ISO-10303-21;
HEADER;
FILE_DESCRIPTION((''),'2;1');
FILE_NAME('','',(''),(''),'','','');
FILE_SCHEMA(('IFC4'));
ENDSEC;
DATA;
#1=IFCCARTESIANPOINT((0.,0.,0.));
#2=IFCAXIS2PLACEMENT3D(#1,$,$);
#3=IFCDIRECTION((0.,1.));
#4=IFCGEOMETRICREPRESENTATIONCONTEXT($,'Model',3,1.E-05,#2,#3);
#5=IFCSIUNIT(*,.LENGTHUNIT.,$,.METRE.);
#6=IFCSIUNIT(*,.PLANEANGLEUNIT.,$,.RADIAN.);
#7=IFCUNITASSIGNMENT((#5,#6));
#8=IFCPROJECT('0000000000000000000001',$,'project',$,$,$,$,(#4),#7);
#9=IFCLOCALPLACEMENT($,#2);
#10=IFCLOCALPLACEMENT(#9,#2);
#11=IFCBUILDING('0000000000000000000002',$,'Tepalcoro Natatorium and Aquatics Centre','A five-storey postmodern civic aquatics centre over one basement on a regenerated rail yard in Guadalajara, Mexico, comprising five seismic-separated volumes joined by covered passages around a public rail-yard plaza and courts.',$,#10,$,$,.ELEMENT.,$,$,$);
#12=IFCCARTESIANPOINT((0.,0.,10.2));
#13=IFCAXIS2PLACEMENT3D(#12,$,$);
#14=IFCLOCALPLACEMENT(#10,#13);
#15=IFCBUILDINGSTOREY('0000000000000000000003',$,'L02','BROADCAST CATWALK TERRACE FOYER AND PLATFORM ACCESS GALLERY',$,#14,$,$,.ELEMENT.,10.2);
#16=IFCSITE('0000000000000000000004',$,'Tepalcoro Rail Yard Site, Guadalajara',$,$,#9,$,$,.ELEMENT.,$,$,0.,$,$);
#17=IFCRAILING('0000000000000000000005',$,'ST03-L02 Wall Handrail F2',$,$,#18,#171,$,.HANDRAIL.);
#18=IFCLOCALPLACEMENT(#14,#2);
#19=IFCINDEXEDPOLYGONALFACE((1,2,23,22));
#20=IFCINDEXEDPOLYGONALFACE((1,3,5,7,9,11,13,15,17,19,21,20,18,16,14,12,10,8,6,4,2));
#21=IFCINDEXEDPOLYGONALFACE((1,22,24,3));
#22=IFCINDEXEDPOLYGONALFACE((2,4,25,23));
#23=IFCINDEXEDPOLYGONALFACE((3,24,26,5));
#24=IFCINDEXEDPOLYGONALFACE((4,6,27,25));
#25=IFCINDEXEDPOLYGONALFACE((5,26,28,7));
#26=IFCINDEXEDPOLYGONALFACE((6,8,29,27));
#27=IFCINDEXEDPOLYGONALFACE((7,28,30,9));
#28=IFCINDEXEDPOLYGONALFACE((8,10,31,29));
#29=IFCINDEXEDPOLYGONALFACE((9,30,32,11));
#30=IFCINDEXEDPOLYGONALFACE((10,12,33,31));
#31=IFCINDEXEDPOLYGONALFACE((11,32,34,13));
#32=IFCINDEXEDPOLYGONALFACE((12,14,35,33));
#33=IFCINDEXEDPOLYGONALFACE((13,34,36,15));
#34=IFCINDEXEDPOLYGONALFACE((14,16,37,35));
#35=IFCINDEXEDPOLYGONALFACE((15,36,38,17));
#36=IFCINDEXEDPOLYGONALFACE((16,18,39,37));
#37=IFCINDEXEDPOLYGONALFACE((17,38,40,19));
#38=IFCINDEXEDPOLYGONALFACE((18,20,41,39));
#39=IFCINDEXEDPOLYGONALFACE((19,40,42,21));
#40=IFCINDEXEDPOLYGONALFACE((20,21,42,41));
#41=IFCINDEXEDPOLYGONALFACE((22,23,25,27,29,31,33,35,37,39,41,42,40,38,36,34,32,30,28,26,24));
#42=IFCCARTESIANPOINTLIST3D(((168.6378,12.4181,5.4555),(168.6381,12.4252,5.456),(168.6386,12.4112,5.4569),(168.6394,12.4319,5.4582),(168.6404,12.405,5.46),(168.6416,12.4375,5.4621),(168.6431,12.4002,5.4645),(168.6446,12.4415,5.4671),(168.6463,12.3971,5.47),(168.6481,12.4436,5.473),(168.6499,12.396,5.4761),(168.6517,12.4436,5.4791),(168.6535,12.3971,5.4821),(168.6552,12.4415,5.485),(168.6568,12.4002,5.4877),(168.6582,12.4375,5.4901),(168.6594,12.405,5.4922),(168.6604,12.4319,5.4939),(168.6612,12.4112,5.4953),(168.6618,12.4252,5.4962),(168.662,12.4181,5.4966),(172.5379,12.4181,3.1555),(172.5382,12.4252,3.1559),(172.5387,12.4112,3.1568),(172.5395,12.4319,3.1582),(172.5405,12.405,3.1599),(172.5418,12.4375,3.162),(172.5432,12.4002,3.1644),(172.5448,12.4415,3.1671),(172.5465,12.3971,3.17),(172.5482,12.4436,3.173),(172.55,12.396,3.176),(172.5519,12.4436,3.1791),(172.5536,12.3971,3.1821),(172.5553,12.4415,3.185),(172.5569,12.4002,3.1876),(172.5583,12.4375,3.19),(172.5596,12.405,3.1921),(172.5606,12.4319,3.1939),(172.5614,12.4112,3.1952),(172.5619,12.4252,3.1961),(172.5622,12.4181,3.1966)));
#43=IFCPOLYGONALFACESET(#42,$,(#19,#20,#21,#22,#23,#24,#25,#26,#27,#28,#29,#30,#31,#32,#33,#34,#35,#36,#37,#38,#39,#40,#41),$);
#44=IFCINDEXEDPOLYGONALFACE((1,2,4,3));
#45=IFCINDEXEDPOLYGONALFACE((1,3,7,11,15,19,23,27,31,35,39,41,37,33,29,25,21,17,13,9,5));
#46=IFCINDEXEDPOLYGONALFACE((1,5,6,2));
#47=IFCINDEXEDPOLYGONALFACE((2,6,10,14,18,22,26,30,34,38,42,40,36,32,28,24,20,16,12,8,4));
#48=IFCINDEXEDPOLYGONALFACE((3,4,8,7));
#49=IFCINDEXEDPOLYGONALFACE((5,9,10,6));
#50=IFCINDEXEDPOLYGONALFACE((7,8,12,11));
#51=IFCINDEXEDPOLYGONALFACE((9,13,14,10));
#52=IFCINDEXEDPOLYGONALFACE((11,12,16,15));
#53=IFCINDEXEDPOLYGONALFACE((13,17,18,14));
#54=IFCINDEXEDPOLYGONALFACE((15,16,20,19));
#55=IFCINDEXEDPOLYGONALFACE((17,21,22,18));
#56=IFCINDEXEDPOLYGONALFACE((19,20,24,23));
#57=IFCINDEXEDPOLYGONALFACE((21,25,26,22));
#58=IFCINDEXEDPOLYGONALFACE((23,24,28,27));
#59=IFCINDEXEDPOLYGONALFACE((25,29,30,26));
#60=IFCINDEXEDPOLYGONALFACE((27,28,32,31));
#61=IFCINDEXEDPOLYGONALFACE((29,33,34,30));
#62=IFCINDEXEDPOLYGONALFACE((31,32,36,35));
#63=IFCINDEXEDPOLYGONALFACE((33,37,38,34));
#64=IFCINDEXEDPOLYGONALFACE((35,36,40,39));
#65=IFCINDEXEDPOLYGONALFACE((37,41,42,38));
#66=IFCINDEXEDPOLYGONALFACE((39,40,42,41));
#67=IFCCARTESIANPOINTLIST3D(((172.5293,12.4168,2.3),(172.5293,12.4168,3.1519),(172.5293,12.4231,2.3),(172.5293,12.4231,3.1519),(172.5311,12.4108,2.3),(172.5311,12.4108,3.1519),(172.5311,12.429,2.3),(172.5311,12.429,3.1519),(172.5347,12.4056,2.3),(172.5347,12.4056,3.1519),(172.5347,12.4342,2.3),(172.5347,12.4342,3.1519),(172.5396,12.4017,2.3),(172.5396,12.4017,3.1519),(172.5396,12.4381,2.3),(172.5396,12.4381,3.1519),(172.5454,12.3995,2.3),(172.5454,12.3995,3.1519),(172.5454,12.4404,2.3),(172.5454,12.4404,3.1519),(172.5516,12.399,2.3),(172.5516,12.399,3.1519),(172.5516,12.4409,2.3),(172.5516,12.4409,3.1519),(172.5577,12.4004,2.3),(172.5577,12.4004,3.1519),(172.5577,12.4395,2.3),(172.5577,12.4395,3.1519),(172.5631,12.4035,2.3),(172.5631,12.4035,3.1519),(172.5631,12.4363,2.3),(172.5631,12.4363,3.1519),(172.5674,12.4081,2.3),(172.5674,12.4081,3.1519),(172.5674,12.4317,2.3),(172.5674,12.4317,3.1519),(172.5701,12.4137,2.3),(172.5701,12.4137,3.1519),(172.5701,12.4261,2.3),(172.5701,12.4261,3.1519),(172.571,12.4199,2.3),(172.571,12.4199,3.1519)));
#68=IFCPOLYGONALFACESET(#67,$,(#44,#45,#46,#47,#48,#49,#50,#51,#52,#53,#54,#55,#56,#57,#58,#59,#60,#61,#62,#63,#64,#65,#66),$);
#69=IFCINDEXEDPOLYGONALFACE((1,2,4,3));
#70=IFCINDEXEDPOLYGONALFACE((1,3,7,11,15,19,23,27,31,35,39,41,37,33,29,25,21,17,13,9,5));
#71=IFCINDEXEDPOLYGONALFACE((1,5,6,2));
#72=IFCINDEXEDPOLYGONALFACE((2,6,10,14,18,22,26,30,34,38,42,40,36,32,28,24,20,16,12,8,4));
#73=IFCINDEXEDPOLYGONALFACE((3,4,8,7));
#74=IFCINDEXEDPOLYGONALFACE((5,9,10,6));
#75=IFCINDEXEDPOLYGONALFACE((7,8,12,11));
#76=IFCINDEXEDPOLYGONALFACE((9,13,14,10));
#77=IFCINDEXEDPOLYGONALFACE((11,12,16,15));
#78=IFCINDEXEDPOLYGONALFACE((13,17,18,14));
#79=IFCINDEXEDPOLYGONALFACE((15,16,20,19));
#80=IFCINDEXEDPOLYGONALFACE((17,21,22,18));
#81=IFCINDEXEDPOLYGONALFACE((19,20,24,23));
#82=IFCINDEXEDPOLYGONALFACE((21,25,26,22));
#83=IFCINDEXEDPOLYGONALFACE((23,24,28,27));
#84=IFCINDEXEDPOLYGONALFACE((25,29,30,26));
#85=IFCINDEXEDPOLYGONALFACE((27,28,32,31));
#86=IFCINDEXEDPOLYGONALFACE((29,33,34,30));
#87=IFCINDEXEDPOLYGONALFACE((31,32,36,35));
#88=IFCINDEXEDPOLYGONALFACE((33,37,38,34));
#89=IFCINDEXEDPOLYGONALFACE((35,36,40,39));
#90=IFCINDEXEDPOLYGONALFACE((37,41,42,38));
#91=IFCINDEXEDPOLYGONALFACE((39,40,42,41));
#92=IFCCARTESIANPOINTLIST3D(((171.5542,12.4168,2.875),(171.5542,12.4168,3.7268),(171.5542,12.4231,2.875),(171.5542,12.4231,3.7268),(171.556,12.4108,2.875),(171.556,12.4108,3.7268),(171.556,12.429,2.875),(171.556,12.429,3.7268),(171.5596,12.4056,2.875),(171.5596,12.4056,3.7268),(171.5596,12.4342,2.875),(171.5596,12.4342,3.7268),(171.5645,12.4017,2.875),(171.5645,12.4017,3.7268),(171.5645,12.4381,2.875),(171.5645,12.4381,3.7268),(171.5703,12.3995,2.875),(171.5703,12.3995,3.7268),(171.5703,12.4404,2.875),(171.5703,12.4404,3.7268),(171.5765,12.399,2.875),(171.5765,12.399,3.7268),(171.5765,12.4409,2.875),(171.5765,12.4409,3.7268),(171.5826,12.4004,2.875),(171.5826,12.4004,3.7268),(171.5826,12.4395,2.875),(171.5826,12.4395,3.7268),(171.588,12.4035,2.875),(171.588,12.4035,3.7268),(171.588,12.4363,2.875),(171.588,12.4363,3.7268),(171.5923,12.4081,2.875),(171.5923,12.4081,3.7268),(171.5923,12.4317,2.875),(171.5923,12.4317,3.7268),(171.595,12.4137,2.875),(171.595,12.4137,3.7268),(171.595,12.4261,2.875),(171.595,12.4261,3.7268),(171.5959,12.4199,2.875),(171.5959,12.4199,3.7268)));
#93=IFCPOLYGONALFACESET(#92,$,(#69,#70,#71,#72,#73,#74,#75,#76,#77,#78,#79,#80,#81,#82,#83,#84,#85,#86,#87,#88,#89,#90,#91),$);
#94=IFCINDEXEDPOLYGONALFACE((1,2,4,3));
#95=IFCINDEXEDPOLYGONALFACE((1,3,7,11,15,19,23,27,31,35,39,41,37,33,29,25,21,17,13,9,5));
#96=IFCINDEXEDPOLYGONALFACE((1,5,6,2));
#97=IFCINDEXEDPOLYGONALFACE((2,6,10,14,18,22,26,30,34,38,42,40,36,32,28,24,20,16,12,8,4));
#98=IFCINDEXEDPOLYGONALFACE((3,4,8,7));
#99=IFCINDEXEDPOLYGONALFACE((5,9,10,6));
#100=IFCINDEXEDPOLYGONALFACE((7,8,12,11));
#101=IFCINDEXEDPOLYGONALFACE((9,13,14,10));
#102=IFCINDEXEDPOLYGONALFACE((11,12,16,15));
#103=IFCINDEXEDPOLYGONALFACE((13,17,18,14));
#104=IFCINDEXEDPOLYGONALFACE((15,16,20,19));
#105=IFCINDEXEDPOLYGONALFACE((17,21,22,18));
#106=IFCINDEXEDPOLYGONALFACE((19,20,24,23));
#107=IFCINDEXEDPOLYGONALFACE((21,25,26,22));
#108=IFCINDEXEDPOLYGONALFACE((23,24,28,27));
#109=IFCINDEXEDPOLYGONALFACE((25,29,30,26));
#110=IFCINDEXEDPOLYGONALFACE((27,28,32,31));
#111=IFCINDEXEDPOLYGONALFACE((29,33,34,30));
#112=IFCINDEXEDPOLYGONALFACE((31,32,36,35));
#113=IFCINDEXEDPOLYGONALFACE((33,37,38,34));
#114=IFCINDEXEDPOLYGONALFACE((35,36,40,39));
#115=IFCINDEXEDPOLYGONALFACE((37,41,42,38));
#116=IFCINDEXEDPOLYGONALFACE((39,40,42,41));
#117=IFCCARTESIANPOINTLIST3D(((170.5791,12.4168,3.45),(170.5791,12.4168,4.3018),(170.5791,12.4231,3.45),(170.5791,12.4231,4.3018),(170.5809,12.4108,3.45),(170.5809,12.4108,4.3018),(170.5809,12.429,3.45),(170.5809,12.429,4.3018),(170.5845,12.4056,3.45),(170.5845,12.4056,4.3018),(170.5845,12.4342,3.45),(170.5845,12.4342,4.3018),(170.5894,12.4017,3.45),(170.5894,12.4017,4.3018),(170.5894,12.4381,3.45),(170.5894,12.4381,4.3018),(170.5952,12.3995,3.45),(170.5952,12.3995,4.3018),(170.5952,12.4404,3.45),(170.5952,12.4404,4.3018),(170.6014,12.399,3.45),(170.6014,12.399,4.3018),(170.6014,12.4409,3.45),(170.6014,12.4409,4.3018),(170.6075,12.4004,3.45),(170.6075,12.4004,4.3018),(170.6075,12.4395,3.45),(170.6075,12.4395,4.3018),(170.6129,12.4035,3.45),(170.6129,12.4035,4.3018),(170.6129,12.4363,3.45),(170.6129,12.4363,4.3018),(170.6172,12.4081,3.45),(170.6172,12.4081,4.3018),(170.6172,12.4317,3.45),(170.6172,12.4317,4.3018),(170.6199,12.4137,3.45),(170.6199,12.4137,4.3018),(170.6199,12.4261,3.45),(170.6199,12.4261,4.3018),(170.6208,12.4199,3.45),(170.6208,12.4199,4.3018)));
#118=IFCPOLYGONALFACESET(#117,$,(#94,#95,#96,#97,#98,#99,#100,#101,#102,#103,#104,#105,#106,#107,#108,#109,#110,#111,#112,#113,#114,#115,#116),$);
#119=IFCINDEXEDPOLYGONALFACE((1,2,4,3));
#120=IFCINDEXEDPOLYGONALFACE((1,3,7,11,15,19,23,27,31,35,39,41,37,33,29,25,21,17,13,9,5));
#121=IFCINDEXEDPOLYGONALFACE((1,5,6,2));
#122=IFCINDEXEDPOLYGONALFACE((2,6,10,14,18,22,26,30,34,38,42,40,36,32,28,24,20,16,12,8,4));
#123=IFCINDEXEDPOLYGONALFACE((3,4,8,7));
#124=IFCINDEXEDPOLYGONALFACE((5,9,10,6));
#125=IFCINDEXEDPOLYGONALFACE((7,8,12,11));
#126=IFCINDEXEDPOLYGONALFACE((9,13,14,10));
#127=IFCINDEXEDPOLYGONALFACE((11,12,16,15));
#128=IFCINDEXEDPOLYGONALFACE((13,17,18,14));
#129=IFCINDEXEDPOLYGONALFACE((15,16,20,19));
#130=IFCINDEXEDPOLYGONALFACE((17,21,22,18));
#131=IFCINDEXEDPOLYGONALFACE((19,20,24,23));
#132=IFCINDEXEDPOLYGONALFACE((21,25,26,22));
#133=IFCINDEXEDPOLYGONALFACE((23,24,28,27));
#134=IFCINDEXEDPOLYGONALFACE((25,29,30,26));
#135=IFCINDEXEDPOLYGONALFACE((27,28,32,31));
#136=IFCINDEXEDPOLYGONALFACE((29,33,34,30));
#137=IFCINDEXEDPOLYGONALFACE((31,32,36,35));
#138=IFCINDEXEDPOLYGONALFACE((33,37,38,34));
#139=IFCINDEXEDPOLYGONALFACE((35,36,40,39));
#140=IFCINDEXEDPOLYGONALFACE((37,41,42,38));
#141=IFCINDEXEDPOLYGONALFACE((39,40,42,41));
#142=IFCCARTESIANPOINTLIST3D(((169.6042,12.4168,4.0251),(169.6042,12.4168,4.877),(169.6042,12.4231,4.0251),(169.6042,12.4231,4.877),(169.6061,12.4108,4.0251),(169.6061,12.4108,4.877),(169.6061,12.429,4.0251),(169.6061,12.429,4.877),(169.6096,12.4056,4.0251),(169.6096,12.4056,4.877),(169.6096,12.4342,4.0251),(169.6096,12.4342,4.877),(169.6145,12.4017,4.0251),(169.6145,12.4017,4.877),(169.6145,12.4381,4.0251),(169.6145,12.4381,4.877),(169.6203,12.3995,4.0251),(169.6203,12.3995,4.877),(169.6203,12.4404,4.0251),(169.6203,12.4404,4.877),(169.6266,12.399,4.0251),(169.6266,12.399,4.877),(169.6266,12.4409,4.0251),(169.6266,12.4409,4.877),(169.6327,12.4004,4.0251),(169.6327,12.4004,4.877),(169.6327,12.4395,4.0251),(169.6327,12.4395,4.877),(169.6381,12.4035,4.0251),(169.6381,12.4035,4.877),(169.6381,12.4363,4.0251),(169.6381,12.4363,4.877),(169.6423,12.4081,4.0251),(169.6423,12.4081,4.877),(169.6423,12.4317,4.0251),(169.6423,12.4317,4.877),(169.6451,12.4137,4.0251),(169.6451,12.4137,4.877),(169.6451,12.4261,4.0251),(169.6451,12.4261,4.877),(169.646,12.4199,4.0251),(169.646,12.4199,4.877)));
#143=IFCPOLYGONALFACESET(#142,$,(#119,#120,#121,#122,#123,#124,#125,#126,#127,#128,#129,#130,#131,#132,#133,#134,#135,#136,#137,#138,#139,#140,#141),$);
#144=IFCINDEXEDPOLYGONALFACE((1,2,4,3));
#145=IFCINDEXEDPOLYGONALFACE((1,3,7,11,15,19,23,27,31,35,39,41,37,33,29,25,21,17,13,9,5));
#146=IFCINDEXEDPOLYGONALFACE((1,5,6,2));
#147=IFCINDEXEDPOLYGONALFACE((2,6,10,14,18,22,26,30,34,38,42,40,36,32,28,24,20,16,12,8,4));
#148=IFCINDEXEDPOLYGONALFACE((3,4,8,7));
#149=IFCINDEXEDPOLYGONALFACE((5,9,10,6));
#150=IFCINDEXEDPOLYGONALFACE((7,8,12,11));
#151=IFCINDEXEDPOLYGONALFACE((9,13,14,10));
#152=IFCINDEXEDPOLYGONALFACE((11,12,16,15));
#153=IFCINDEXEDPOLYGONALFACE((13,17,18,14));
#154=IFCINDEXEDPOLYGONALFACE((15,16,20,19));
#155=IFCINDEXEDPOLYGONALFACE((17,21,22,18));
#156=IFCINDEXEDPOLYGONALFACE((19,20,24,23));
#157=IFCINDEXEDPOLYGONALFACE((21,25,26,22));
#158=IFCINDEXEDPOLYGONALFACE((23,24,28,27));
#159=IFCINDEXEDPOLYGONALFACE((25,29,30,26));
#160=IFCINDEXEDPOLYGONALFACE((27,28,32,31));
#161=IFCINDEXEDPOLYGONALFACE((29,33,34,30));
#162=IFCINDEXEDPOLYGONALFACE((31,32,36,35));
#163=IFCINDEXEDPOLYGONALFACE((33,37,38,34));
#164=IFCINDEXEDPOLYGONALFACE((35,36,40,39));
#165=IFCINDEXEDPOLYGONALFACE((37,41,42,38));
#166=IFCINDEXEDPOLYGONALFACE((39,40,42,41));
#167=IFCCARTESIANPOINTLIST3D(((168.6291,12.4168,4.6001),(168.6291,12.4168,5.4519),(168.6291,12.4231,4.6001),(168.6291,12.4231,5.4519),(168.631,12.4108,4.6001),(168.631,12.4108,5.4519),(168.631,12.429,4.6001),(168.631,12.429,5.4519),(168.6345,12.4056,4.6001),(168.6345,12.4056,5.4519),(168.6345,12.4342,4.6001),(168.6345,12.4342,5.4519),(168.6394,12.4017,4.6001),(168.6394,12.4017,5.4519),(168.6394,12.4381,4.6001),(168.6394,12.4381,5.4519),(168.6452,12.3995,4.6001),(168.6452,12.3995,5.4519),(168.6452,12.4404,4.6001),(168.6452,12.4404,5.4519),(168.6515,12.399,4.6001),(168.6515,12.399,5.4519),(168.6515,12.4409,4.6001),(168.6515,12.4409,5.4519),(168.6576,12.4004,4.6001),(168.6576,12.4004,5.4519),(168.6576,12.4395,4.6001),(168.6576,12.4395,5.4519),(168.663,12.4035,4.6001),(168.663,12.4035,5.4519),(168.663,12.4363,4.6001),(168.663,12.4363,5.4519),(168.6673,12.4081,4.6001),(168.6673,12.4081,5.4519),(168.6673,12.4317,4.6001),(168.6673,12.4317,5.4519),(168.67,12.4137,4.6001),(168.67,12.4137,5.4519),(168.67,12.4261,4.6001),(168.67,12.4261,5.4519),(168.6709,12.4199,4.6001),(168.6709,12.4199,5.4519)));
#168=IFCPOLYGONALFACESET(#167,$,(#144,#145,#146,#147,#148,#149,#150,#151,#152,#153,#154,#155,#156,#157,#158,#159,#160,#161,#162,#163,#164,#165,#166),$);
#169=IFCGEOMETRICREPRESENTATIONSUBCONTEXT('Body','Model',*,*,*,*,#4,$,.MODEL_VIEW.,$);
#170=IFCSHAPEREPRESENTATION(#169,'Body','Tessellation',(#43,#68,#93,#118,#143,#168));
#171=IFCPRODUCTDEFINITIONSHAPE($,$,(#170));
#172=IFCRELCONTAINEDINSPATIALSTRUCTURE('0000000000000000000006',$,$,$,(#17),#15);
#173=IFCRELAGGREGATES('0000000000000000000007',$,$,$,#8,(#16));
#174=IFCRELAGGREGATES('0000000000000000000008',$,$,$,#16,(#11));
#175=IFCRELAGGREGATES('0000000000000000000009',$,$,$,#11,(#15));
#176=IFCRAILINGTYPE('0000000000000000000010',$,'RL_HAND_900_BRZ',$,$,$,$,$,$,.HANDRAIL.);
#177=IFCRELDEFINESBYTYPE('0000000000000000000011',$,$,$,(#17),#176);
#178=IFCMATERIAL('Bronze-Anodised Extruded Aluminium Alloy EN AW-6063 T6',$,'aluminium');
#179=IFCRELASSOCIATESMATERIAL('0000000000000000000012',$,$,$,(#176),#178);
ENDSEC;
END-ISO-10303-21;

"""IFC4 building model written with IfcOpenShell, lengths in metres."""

from ifc_helpers import new_model, si_unit, direction, frame, origin, origin_2d, place, context, subcontext, project, spatial, circle, extrude, material, type_object, element, save


model = new_model("IFC4")

# Units and contexts
model_context = context("Model", 3, precision=1e-05, world=origin(), true_north=direction((0.0, 1.0)))
body_context = subcontext(model_context, "Body", "Model", "MODEL_VIEW")
ifc_project = project(units=[si_unit("LENGTHUNIT", "METRE"), si_unit("PLANEANGLEUNIT", "RADIAN")], contexts=[model_context])

# Site, building, storey
site_placement = place(None, origin())
site = spatial("IfcSite", under=ifc_project, at=site_placement, Name="Tepalcoro Rail Yard Site, Guadalajara", CompositionType="ELEMENT", RefElevation=0.0)
building_placement = place(site_placement, origin())
building = spatial("IfcBuilding", under=site, at=building_placement, Name="Tepalcoro Natatorium and Aquatics Centre", Description="A five-storey postmodern civic aquatics centre over one basement on a regenerated rail yard in Guadalajara, Mexico, comprising five seismic-separated volumes joined by covered passages around a public rail-yard plaza and courts.", CompositionType="ELEMENT")
storey_placement = place(building_placement, frame((0.0, 0.0, 10.2)))
storey = spatial("IfcBuildingStorey", under=building, at=storey_placement, Name="L02", Description="BROADCAST CATWALK TERRACE FOYER AND PLATFORM ACCESS GALLERY", CompositionType="ELEMENT", Elevation=10.2)

# Shared definitions
ifc_material_1 = material(Name="Bronze-Anodised Extruded Aluminium Alloy EN AW-6063 T6", Category="aluminium")

# Railing
railing_type_1 = type_object("IfcRailingType", Name="RL_HAND_900_BRZ", PredefinedType="HANDRAIL", material=ifc_material_1)
railing_1_placement = place(storey_placement, frame((172.55, 12.4199, 2.3)))
element("IfcRailing", 1, at=railing_1_placement, inside=storey, type_object=railing_type_1, Name="ST03-L02 Wall Handrail F2", PredefinedType="HANDRAIL", context=body_context, shape_type="SweptSolid", body=[
    extrude(circle(Radius=0.0239, at=origin_2d()), frame((0.0, 0.0, 0.876), z_axis=(-0.86137, 0.0, 0.507979), x_axis=(0.0, -1.0, 0.0)), (0.0, 0.0, 1.0), 4.5278),
    extrude(circle(Radius=0.021, at=origin_2d()), origin(), (0.0, 0.0, 1.0), 0.8518),
    extrude(circle(Radius=0.021, at=origin_2d()), frame((-0.9751, 0.0, 0.575)), (0.0, 0.0, 1.0), 0.8518),
    extrude(circle(Radius=0.021, at=origin_2d()), frame((-1.9502, 0.0, 1.1499)), (0.0, 0.0, 1.0), 0.8518),
    extrude(circle(Radius=0.021, at=origin_2d()), frame((-2.925, 0.0, 1.7251)), (0.0, 0.0, 1.0), 0.8518),
    extrude(circle(Radius=0.021, at=origin_2d()), frame((-3.9001, 0.0, 2.3)), (0.0, 0.0, 1.0), 0.8518),
])

save(model, "model.ifc")
